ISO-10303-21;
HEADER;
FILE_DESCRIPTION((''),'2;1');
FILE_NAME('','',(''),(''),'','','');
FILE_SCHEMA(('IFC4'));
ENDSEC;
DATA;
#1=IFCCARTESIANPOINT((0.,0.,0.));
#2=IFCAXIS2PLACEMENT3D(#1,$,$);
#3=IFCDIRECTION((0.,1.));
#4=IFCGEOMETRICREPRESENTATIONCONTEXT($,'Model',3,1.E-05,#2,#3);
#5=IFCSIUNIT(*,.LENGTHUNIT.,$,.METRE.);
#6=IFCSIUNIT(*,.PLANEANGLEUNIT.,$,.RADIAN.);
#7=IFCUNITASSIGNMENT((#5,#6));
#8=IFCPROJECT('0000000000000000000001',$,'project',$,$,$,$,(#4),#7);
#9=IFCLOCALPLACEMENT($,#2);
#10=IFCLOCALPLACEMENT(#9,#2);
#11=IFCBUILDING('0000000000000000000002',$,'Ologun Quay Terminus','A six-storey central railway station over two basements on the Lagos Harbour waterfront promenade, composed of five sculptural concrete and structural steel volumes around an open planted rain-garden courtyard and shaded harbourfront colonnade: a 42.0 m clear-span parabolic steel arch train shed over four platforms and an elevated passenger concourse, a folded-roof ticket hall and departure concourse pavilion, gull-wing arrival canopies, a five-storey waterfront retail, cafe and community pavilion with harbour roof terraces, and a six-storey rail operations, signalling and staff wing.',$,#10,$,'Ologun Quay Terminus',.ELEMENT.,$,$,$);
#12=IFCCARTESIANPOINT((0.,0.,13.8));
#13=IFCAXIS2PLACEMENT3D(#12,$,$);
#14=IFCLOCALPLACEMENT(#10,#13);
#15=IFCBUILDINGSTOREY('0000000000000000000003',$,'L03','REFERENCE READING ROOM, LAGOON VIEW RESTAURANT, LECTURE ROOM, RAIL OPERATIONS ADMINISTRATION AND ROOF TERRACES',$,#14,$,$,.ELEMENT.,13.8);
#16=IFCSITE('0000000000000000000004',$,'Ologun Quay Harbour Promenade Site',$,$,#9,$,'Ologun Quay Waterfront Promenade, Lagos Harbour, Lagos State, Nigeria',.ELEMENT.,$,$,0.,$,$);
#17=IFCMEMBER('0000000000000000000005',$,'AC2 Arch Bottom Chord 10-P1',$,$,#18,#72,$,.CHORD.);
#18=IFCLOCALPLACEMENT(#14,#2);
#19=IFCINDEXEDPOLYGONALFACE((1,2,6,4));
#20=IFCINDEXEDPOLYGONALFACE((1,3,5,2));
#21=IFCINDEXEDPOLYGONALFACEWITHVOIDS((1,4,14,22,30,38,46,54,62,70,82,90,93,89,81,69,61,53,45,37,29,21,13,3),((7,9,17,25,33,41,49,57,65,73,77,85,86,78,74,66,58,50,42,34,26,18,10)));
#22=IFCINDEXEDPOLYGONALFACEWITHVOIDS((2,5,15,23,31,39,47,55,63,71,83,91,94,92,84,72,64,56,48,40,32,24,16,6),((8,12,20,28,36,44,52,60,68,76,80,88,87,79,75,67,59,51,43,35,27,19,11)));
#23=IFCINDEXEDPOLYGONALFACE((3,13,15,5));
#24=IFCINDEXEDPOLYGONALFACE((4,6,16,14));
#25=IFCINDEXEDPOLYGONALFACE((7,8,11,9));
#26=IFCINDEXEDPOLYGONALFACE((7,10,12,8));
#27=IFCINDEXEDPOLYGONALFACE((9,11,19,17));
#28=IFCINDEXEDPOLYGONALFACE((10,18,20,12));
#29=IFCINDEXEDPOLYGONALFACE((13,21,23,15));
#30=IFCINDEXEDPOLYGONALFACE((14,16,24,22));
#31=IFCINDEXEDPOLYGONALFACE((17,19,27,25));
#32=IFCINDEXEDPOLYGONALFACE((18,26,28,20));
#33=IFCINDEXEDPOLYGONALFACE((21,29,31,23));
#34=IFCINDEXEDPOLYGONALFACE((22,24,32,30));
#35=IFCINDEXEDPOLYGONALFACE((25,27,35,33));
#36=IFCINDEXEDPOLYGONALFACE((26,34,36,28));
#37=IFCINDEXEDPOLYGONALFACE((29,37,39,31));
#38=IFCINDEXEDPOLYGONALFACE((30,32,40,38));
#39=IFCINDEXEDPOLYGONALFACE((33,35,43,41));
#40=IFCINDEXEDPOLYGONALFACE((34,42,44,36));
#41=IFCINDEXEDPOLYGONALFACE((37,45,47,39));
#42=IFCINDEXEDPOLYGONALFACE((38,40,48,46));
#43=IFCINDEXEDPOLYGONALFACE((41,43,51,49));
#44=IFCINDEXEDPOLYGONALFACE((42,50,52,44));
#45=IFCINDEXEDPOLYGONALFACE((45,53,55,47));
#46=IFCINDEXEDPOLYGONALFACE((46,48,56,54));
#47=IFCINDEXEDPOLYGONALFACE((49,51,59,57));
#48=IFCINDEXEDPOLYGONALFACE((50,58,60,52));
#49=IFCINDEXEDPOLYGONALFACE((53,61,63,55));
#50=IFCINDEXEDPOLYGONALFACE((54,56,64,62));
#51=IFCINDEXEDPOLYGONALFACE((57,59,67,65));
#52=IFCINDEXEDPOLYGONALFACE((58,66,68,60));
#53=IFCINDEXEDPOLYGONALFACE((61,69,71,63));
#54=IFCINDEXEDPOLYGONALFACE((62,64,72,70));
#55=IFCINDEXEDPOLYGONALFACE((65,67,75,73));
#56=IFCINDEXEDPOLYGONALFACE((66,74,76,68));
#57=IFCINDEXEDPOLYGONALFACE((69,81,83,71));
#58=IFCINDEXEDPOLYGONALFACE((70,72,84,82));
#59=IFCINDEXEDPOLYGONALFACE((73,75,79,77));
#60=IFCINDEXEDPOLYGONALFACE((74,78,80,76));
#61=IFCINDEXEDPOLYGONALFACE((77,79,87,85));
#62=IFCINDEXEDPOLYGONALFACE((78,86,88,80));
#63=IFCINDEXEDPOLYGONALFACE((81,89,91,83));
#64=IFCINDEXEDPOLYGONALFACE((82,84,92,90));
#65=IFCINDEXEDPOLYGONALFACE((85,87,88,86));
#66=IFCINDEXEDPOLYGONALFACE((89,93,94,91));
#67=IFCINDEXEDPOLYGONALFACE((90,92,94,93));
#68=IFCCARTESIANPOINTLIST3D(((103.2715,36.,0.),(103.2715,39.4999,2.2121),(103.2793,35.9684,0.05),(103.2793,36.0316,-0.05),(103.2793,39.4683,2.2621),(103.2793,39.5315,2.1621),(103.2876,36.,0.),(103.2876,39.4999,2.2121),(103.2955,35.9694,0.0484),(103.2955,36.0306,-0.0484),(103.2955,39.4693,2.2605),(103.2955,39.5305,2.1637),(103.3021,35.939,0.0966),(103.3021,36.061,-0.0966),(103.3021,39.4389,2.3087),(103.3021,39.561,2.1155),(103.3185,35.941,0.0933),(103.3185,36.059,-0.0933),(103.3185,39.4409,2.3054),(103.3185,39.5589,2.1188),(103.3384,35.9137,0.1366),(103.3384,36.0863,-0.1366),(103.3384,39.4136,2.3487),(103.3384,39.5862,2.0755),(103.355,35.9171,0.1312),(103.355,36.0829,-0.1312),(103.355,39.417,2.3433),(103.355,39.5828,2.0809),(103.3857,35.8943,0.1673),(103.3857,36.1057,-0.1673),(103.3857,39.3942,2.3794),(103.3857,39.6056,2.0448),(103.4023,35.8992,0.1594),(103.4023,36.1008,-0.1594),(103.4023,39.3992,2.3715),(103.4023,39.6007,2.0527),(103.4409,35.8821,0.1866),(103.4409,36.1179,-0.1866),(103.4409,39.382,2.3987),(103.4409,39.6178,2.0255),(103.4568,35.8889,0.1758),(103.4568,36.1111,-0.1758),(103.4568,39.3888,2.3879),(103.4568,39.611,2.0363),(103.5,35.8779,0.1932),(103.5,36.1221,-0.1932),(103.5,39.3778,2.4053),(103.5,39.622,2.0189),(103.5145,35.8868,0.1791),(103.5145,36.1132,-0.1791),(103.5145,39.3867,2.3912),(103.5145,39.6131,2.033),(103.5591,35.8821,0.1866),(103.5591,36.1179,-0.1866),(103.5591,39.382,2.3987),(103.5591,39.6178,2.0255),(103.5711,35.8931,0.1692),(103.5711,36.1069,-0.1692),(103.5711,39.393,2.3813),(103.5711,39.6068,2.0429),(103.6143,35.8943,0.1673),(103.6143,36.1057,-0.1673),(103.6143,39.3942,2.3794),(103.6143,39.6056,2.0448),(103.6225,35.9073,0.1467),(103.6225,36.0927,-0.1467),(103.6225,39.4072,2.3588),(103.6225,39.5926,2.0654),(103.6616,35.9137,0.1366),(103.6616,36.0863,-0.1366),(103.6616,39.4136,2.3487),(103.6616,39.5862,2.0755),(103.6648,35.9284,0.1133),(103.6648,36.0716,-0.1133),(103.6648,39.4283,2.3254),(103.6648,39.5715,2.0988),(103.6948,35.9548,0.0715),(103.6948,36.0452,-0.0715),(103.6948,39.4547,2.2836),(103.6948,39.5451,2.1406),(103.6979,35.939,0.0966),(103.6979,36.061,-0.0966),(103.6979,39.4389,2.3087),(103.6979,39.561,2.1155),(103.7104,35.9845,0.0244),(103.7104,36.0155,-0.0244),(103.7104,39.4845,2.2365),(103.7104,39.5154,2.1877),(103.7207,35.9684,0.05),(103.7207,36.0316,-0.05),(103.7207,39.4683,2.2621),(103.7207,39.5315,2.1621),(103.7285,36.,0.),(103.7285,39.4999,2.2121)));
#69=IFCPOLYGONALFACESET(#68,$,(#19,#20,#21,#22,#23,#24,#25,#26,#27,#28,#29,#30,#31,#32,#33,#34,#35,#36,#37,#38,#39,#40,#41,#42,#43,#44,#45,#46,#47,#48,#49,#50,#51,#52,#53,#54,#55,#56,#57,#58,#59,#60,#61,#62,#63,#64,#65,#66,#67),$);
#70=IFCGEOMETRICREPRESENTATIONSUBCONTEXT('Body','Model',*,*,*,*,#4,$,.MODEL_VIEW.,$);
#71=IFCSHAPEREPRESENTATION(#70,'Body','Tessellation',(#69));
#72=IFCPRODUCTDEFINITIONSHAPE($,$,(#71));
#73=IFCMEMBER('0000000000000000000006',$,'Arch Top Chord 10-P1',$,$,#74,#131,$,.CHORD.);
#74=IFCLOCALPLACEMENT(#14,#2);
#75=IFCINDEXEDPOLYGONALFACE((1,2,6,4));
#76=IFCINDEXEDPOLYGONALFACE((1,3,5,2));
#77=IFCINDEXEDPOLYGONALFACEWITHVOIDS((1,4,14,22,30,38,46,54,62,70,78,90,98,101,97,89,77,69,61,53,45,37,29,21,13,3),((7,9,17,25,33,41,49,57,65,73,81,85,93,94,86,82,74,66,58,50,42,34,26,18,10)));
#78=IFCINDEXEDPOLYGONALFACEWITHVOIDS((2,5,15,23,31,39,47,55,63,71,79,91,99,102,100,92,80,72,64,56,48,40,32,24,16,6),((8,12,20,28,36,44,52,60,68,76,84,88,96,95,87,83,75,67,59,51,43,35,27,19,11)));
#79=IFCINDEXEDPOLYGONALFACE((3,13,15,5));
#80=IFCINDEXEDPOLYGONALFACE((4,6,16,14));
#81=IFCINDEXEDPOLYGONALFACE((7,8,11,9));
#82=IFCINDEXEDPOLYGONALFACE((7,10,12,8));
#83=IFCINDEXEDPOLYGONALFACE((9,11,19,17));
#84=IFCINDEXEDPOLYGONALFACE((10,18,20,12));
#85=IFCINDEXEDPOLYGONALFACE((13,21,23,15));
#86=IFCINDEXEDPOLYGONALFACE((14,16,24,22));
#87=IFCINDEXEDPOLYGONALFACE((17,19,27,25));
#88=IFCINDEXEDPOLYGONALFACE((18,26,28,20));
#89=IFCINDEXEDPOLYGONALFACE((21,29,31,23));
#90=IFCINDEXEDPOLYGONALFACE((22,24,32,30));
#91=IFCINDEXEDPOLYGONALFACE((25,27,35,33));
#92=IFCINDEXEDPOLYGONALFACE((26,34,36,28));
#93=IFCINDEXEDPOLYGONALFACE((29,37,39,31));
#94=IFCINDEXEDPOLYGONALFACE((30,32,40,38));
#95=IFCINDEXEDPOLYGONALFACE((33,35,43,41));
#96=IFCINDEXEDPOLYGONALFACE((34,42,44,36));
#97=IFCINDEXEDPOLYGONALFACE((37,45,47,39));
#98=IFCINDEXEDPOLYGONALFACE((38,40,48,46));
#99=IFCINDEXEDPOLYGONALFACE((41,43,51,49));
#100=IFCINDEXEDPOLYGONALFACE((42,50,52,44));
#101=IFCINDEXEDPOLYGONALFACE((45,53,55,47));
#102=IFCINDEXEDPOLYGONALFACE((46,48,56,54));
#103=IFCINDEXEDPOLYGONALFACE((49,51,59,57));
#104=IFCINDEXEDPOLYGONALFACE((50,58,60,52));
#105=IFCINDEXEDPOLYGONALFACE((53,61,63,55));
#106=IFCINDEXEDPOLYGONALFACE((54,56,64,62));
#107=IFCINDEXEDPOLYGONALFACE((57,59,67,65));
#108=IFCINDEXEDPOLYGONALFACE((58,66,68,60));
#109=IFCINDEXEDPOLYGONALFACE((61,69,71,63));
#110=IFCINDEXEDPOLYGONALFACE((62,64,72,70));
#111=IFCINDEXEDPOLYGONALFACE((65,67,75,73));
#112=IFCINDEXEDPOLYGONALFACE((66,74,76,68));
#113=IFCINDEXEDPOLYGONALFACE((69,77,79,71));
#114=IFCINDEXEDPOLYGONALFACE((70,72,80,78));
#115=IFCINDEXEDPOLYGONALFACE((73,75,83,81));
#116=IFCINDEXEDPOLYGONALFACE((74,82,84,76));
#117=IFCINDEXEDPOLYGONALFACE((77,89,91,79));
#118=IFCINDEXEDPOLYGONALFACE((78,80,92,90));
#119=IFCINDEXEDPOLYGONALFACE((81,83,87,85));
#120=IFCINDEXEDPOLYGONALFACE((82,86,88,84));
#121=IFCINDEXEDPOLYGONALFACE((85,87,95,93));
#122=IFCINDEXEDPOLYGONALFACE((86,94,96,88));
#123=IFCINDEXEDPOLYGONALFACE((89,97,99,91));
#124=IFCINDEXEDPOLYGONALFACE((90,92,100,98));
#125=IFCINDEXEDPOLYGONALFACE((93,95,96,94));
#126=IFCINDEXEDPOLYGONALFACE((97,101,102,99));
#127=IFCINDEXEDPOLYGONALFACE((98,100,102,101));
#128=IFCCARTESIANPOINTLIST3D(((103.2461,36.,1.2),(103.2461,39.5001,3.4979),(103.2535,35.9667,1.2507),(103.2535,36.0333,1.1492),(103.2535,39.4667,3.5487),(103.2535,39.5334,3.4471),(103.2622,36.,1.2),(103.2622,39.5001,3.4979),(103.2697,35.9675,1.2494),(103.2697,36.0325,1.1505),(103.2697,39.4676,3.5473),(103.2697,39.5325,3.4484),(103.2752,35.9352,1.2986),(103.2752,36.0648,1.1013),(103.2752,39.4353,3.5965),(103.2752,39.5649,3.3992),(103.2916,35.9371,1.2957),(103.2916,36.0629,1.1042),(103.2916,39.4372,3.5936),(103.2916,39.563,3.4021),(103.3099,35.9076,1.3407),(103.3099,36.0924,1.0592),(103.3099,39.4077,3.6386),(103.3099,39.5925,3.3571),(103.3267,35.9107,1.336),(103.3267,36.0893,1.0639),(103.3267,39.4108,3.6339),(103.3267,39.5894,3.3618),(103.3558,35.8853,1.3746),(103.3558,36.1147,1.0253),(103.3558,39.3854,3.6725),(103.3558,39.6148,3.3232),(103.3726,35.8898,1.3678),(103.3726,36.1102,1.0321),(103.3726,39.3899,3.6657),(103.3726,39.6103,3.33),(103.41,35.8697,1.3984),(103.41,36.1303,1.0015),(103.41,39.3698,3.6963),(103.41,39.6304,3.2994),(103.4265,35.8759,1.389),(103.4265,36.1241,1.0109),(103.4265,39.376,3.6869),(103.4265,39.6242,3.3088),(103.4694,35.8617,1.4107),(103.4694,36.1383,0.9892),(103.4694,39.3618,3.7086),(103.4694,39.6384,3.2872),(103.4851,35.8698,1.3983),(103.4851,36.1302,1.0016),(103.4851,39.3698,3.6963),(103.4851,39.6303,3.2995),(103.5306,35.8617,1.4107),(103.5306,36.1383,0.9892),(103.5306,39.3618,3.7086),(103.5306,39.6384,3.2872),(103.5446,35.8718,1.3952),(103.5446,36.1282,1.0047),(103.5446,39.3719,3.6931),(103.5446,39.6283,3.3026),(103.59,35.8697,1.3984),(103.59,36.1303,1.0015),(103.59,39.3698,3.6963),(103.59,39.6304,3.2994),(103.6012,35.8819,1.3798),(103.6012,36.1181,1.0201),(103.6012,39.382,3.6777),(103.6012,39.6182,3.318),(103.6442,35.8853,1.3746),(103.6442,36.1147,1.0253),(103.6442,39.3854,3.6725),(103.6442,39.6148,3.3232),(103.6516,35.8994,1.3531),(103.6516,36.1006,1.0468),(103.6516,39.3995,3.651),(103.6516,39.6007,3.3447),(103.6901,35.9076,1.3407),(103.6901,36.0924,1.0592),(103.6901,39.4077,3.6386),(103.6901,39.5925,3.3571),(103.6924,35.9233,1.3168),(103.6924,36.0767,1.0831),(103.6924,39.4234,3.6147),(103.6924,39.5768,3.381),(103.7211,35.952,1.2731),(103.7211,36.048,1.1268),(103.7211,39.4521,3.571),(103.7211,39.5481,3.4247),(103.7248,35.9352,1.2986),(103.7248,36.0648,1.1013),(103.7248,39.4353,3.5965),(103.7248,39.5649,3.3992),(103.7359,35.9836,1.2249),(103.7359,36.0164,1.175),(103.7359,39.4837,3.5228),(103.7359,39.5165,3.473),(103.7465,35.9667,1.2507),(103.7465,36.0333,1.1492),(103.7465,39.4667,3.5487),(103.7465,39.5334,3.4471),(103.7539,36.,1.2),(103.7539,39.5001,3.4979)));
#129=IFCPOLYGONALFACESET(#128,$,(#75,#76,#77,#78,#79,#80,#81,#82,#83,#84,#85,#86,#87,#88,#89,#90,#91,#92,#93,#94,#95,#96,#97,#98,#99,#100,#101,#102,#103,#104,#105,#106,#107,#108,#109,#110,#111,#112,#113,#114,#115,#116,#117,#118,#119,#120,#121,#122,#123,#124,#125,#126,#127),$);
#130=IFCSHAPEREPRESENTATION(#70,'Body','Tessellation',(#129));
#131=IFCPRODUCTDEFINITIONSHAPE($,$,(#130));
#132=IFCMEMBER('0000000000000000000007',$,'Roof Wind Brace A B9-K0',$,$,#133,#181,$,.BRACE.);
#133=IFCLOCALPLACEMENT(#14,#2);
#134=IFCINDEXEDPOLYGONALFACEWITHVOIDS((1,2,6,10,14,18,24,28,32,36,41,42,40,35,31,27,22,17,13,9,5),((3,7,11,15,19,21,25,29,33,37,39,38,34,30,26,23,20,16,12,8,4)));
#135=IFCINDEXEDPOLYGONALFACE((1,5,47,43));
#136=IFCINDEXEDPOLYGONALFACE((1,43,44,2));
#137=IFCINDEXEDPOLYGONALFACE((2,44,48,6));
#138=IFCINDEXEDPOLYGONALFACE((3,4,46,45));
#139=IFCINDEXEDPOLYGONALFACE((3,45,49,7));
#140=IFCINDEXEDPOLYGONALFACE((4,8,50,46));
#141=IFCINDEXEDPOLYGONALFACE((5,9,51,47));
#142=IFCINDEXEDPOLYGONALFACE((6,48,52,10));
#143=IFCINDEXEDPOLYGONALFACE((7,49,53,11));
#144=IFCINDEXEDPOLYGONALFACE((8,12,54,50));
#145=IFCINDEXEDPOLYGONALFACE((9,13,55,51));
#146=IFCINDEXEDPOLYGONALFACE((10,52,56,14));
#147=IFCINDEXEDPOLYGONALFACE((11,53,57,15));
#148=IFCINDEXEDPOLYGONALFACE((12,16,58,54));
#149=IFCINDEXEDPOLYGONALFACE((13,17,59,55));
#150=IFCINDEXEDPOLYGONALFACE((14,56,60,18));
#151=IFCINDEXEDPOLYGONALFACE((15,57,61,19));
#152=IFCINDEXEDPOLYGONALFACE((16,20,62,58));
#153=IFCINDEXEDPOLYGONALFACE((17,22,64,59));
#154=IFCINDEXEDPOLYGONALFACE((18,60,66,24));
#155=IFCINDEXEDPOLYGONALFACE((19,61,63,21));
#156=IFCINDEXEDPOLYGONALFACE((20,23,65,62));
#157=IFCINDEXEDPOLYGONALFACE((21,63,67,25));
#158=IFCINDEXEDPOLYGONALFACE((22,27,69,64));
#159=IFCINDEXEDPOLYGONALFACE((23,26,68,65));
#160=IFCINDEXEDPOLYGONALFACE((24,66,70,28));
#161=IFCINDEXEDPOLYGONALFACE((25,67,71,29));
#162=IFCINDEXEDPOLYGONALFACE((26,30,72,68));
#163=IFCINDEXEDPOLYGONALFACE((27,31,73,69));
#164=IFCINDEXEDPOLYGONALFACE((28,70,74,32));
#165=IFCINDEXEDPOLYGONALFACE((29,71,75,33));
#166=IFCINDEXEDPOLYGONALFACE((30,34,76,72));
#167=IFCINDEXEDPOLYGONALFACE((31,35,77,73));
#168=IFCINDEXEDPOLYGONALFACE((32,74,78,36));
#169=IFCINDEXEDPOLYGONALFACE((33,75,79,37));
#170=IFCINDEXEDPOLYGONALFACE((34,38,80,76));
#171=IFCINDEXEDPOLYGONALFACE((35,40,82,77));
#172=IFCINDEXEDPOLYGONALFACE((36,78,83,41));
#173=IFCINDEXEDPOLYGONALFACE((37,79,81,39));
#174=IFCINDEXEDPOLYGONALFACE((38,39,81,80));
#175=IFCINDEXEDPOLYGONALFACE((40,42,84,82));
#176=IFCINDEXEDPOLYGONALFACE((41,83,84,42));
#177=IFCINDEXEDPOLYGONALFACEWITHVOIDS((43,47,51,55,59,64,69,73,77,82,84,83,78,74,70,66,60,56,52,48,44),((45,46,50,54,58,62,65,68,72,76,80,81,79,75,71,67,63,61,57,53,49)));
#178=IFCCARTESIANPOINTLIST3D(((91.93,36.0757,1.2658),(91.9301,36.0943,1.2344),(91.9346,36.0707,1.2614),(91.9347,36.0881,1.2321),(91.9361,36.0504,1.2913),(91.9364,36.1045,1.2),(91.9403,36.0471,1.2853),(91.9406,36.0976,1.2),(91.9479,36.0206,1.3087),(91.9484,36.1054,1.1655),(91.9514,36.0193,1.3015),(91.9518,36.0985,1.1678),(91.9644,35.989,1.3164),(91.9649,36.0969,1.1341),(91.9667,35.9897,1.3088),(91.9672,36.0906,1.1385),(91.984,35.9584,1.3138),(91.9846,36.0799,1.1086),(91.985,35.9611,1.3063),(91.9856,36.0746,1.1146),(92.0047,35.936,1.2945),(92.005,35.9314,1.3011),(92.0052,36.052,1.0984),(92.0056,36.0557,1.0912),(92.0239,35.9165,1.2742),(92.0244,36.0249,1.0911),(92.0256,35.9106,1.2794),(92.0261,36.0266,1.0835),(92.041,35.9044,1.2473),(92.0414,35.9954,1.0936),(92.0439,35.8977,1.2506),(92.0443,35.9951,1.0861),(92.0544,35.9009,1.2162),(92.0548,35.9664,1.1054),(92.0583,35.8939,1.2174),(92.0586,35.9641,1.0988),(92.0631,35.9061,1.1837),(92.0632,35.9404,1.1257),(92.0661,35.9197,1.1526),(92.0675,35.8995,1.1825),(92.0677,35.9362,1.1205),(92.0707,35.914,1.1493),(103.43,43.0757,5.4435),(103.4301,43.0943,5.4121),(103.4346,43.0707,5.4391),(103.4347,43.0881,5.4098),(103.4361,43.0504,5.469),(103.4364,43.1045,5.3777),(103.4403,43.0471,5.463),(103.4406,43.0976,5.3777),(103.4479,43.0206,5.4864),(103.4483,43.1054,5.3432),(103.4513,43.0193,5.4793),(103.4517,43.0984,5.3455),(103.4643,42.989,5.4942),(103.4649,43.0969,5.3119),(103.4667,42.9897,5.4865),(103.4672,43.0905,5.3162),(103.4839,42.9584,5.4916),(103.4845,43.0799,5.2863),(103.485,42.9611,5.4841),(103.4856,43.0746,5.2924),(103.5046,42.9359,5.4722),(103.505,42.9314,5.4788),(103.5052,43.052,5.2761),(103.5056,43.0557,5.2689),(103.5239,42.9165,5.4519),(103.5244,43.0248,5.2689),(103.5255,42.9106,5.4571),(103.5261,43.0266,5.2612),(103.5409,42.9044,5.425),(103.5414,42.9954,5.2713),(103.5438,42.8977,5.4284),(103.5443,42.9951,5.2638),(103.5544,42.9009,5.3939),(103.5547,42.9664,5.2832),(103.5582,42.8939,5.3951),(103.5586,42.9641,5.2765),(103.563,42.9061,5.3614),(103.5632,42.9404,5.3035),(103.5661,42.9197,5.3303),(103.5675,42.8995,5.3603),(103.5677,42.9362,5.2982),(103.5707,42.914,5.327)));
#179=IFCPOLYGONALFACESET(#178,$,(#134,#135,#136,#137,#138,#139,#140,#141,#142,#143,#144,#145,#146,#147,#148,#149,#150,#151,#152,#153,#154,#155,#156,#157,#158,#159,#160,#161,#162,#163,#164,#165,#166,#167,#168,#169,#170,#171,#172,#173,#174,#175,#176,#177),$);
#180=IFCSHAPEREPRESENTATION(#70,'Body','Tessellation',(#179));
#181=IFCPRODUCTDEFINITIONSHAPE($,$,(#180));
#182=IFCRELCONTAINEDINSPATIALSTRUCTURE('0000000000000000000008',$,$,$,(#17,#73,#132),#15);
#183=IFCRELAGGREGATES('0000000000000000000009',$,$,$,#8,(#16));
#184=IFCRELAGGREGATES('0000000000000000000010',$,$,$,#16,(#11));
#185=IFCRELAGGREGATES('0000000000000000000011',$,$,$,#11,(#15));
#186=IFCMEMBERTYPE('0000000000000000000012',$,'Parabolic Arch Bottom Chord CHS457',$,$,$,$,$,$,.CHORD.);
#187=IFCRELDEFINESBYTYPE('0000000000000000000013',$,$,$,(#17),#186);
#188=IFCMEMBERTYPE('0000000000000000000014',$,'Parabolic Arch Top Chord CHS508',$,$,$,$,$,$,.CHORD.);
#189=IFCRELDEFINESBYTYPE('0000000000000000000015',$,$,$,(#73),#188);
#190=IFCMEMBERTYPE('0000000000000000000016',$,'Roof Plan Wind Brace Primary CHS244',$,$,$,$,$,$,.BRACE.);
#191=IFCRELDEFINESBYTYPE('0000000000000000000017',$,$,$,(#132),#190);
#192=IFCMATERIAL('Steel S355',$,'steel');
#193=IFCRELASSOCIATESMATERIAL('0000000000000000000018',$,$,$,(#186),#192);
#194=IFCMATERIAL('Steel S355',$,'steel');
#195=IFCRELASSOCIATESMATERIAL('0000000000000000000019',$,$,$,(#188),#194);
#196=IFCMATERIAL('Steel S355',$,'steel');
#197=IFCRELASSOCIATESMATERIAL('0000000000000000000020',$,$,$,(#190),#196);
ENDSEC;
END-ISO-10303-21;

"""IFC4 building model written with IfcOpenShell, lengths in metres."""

from ifc_helpers import new_model, si_unit, direction, frame, origin, origin_2d, place, context, subcontext, project, spatial, hollow_circle, extrude, material, material_profile, profile_set, type_object, element, save


model = new_model("IFC4")

# Units and contexts
model_context = context("Model", 3, precision=1e-05, world=origin(), true_north=direction((0.0, 1.0)))
body_context = subcontext(model_context, "Body", "Model", "MODEL_VIEW")
ifc_project = project(units=[si_unit("LENGTHUNIT", "METRE"), si_unit("PLANEANGLEUNIT", "RADIAN")], contexts=[model_context])

# Site, building, storey
site_placement = place(None, origin())
site = spatial("IfcSite", under=ifc_project, at=site_placement, Name="Ologun Quay Harbour Promenade Site", LongName="Ologun Quay Waterfront Promenade, Lagos Harbour, Lagos State, Nigeria", CompositionType="ELEMENT", RefElevation=0.0)
building_placement = place(site_placement, origin())
building = spatial("IfcBuilding", under=site, at=building_placement, Name="Ologun Quay Terminus", Description="A six-storey central railway station over two basements on the Lagos Harbour waterfront promenade, composed of five sculptural concrete and structural steel volumes around an open planted rain-garden courtyard and shaded harbourfront colonnade: a 42.0 m clear-span parabolic steel arch train shed over four platforms and an elevated passenger concourse, a folded-roof ticket hall and departure concourse pavilion, gull-wing arrival canopies, a five-storey waterfront retail, cafe and community pavilion with harbour roof terraces, and a six-storey rail operations, signalling and staff wing.", LongName="Ologun Quay Terminus", CompositionType="ELEMENT")
storey_placement = place(building_placement, frame((0.0, 0.0, 13.8)))
storey = spatial("IfcBuildingStorey", under=building, at=storey_placement, Name="L03", Description="REFERENCE READING ROOM, LAGOON VIEW RESTAURANT, LECTURE ROOM, RAIL OPERATIONS ADMINISTRATION AND ROOF TERRACES", CompositionType="ELEMENT", Elevation=13.8)

# Members
ifc_material_1 = material(Name="Steel S355", Category="steel")
ifc_material_profile_1 = material_profile(ifc_material_1, hollow_circle(Radius=0.2285, WallThickness=0.0161, at=origin_2d()), Name="CHS 457x16")
ifc_profile_set_1 = profile_set([ifc_material_profile_1], Name="Steel S355")
member_type_1 = type_object("IfcMemberType", Name="Parabolic Arch Bottom Chord CHS457", PredefinedType="CHORD", material=ifc_profile_set_1)
member_1_placement = place(storey_placement, frame((103.5, 36.0, 0.0), z_axis=(0.0, 0.845311, 0.534275), x_axis=(-1.0, 0.0, 0.0)))
element("IfcMember", 1, at=member_1_placement, inside=storey, type_object=member_type_1, Name="AC2 Arch Bottom Chord 10-P1", PredefinedType="CHORD", context=body_context, shape_type="SweptSolid", body=[
    extrude(hollow_circle(Radius=0.2285, WallThickness=0.0161, at=origin_2d()), origin(), (0.0, 0.0, 1.0), 4.1404),
])
ifc_material_2 = material(Name="Steel S355", Category="steel")
ifc_material_profile_2 = material_profile(ifc_material_2, hollow_circle(Radius=0.2539, WallThickness=0.0161, at=origin_2d()), Name="CHS 508x16")
ifc_profile_set_2 = profile_set([ifc_material_profile_2], Name="Steel S355")
member_type_2 = type_object("IfcMemberType", Name="Parabolic Arch Top Chord CHS508", PredefinedType="CHORD", material=ifc_profile_set_2)
member_2_placement = place(storey_placement, frame((103.5, 36.0, 1.2), z_axis=(0.0, 0.835941, 0.548819), x_axis=(-1.0, 0.0, 0.0)))
element("IfcMember", 2, at=member_2_placement, inside=storey, type_object=member_type_2, Name="Arch Top Chord 10-P1", PredefinedType="CHORD", context=body_context, shape_type="SweptSolid", body=[
    extrude(hollow_circle(Radius=0.2539, WallThickness=0.0161, at=origin_2d()), origin(), (0.0, 0.0, 1.0), 4.187),
])
ifc_material_3 = material(Name="Steel S355", Category="steel")
ifc_material_profile_3 = material_profile(ifc_material_3, hollow_circle(Radius=0.1223, WallThickness=0.0081, at=origin_2d()), Name="CHS 244.5x8")
ifc_profile_set_3 = profile_set([ifc_material_profile_3], Name="Steel S355")
member_type_3 = type_object("IfcMemberType", Name="Roof Plan Wind Brace Primary CHS244", PredefinedType="BRACE", material=ifc_profile_set_3)
member_3_placement = place(storey_placement, frame((92.0, 36.0, 1.2), z_axis=(0.815821, 0.496587, 0.296373), x_axis=(-0.519947, 0.854199, 0.0)))
element("IfcMember", 3, at=member_3_placement, inside=storey, type_object=member_type_3, Name="Roof Wind Brace A B9-K0", PredefinedType="BRACE", context=body_context, shape_type="SweptSolid", body=[
    extrude(hollow_circle(Radius=0.1223, WallThickness=0.0081, at=origin_2d()), origin(), (0.0, 0.0, 1.0), 14.0962),
])

save(model, "model.ifc")
